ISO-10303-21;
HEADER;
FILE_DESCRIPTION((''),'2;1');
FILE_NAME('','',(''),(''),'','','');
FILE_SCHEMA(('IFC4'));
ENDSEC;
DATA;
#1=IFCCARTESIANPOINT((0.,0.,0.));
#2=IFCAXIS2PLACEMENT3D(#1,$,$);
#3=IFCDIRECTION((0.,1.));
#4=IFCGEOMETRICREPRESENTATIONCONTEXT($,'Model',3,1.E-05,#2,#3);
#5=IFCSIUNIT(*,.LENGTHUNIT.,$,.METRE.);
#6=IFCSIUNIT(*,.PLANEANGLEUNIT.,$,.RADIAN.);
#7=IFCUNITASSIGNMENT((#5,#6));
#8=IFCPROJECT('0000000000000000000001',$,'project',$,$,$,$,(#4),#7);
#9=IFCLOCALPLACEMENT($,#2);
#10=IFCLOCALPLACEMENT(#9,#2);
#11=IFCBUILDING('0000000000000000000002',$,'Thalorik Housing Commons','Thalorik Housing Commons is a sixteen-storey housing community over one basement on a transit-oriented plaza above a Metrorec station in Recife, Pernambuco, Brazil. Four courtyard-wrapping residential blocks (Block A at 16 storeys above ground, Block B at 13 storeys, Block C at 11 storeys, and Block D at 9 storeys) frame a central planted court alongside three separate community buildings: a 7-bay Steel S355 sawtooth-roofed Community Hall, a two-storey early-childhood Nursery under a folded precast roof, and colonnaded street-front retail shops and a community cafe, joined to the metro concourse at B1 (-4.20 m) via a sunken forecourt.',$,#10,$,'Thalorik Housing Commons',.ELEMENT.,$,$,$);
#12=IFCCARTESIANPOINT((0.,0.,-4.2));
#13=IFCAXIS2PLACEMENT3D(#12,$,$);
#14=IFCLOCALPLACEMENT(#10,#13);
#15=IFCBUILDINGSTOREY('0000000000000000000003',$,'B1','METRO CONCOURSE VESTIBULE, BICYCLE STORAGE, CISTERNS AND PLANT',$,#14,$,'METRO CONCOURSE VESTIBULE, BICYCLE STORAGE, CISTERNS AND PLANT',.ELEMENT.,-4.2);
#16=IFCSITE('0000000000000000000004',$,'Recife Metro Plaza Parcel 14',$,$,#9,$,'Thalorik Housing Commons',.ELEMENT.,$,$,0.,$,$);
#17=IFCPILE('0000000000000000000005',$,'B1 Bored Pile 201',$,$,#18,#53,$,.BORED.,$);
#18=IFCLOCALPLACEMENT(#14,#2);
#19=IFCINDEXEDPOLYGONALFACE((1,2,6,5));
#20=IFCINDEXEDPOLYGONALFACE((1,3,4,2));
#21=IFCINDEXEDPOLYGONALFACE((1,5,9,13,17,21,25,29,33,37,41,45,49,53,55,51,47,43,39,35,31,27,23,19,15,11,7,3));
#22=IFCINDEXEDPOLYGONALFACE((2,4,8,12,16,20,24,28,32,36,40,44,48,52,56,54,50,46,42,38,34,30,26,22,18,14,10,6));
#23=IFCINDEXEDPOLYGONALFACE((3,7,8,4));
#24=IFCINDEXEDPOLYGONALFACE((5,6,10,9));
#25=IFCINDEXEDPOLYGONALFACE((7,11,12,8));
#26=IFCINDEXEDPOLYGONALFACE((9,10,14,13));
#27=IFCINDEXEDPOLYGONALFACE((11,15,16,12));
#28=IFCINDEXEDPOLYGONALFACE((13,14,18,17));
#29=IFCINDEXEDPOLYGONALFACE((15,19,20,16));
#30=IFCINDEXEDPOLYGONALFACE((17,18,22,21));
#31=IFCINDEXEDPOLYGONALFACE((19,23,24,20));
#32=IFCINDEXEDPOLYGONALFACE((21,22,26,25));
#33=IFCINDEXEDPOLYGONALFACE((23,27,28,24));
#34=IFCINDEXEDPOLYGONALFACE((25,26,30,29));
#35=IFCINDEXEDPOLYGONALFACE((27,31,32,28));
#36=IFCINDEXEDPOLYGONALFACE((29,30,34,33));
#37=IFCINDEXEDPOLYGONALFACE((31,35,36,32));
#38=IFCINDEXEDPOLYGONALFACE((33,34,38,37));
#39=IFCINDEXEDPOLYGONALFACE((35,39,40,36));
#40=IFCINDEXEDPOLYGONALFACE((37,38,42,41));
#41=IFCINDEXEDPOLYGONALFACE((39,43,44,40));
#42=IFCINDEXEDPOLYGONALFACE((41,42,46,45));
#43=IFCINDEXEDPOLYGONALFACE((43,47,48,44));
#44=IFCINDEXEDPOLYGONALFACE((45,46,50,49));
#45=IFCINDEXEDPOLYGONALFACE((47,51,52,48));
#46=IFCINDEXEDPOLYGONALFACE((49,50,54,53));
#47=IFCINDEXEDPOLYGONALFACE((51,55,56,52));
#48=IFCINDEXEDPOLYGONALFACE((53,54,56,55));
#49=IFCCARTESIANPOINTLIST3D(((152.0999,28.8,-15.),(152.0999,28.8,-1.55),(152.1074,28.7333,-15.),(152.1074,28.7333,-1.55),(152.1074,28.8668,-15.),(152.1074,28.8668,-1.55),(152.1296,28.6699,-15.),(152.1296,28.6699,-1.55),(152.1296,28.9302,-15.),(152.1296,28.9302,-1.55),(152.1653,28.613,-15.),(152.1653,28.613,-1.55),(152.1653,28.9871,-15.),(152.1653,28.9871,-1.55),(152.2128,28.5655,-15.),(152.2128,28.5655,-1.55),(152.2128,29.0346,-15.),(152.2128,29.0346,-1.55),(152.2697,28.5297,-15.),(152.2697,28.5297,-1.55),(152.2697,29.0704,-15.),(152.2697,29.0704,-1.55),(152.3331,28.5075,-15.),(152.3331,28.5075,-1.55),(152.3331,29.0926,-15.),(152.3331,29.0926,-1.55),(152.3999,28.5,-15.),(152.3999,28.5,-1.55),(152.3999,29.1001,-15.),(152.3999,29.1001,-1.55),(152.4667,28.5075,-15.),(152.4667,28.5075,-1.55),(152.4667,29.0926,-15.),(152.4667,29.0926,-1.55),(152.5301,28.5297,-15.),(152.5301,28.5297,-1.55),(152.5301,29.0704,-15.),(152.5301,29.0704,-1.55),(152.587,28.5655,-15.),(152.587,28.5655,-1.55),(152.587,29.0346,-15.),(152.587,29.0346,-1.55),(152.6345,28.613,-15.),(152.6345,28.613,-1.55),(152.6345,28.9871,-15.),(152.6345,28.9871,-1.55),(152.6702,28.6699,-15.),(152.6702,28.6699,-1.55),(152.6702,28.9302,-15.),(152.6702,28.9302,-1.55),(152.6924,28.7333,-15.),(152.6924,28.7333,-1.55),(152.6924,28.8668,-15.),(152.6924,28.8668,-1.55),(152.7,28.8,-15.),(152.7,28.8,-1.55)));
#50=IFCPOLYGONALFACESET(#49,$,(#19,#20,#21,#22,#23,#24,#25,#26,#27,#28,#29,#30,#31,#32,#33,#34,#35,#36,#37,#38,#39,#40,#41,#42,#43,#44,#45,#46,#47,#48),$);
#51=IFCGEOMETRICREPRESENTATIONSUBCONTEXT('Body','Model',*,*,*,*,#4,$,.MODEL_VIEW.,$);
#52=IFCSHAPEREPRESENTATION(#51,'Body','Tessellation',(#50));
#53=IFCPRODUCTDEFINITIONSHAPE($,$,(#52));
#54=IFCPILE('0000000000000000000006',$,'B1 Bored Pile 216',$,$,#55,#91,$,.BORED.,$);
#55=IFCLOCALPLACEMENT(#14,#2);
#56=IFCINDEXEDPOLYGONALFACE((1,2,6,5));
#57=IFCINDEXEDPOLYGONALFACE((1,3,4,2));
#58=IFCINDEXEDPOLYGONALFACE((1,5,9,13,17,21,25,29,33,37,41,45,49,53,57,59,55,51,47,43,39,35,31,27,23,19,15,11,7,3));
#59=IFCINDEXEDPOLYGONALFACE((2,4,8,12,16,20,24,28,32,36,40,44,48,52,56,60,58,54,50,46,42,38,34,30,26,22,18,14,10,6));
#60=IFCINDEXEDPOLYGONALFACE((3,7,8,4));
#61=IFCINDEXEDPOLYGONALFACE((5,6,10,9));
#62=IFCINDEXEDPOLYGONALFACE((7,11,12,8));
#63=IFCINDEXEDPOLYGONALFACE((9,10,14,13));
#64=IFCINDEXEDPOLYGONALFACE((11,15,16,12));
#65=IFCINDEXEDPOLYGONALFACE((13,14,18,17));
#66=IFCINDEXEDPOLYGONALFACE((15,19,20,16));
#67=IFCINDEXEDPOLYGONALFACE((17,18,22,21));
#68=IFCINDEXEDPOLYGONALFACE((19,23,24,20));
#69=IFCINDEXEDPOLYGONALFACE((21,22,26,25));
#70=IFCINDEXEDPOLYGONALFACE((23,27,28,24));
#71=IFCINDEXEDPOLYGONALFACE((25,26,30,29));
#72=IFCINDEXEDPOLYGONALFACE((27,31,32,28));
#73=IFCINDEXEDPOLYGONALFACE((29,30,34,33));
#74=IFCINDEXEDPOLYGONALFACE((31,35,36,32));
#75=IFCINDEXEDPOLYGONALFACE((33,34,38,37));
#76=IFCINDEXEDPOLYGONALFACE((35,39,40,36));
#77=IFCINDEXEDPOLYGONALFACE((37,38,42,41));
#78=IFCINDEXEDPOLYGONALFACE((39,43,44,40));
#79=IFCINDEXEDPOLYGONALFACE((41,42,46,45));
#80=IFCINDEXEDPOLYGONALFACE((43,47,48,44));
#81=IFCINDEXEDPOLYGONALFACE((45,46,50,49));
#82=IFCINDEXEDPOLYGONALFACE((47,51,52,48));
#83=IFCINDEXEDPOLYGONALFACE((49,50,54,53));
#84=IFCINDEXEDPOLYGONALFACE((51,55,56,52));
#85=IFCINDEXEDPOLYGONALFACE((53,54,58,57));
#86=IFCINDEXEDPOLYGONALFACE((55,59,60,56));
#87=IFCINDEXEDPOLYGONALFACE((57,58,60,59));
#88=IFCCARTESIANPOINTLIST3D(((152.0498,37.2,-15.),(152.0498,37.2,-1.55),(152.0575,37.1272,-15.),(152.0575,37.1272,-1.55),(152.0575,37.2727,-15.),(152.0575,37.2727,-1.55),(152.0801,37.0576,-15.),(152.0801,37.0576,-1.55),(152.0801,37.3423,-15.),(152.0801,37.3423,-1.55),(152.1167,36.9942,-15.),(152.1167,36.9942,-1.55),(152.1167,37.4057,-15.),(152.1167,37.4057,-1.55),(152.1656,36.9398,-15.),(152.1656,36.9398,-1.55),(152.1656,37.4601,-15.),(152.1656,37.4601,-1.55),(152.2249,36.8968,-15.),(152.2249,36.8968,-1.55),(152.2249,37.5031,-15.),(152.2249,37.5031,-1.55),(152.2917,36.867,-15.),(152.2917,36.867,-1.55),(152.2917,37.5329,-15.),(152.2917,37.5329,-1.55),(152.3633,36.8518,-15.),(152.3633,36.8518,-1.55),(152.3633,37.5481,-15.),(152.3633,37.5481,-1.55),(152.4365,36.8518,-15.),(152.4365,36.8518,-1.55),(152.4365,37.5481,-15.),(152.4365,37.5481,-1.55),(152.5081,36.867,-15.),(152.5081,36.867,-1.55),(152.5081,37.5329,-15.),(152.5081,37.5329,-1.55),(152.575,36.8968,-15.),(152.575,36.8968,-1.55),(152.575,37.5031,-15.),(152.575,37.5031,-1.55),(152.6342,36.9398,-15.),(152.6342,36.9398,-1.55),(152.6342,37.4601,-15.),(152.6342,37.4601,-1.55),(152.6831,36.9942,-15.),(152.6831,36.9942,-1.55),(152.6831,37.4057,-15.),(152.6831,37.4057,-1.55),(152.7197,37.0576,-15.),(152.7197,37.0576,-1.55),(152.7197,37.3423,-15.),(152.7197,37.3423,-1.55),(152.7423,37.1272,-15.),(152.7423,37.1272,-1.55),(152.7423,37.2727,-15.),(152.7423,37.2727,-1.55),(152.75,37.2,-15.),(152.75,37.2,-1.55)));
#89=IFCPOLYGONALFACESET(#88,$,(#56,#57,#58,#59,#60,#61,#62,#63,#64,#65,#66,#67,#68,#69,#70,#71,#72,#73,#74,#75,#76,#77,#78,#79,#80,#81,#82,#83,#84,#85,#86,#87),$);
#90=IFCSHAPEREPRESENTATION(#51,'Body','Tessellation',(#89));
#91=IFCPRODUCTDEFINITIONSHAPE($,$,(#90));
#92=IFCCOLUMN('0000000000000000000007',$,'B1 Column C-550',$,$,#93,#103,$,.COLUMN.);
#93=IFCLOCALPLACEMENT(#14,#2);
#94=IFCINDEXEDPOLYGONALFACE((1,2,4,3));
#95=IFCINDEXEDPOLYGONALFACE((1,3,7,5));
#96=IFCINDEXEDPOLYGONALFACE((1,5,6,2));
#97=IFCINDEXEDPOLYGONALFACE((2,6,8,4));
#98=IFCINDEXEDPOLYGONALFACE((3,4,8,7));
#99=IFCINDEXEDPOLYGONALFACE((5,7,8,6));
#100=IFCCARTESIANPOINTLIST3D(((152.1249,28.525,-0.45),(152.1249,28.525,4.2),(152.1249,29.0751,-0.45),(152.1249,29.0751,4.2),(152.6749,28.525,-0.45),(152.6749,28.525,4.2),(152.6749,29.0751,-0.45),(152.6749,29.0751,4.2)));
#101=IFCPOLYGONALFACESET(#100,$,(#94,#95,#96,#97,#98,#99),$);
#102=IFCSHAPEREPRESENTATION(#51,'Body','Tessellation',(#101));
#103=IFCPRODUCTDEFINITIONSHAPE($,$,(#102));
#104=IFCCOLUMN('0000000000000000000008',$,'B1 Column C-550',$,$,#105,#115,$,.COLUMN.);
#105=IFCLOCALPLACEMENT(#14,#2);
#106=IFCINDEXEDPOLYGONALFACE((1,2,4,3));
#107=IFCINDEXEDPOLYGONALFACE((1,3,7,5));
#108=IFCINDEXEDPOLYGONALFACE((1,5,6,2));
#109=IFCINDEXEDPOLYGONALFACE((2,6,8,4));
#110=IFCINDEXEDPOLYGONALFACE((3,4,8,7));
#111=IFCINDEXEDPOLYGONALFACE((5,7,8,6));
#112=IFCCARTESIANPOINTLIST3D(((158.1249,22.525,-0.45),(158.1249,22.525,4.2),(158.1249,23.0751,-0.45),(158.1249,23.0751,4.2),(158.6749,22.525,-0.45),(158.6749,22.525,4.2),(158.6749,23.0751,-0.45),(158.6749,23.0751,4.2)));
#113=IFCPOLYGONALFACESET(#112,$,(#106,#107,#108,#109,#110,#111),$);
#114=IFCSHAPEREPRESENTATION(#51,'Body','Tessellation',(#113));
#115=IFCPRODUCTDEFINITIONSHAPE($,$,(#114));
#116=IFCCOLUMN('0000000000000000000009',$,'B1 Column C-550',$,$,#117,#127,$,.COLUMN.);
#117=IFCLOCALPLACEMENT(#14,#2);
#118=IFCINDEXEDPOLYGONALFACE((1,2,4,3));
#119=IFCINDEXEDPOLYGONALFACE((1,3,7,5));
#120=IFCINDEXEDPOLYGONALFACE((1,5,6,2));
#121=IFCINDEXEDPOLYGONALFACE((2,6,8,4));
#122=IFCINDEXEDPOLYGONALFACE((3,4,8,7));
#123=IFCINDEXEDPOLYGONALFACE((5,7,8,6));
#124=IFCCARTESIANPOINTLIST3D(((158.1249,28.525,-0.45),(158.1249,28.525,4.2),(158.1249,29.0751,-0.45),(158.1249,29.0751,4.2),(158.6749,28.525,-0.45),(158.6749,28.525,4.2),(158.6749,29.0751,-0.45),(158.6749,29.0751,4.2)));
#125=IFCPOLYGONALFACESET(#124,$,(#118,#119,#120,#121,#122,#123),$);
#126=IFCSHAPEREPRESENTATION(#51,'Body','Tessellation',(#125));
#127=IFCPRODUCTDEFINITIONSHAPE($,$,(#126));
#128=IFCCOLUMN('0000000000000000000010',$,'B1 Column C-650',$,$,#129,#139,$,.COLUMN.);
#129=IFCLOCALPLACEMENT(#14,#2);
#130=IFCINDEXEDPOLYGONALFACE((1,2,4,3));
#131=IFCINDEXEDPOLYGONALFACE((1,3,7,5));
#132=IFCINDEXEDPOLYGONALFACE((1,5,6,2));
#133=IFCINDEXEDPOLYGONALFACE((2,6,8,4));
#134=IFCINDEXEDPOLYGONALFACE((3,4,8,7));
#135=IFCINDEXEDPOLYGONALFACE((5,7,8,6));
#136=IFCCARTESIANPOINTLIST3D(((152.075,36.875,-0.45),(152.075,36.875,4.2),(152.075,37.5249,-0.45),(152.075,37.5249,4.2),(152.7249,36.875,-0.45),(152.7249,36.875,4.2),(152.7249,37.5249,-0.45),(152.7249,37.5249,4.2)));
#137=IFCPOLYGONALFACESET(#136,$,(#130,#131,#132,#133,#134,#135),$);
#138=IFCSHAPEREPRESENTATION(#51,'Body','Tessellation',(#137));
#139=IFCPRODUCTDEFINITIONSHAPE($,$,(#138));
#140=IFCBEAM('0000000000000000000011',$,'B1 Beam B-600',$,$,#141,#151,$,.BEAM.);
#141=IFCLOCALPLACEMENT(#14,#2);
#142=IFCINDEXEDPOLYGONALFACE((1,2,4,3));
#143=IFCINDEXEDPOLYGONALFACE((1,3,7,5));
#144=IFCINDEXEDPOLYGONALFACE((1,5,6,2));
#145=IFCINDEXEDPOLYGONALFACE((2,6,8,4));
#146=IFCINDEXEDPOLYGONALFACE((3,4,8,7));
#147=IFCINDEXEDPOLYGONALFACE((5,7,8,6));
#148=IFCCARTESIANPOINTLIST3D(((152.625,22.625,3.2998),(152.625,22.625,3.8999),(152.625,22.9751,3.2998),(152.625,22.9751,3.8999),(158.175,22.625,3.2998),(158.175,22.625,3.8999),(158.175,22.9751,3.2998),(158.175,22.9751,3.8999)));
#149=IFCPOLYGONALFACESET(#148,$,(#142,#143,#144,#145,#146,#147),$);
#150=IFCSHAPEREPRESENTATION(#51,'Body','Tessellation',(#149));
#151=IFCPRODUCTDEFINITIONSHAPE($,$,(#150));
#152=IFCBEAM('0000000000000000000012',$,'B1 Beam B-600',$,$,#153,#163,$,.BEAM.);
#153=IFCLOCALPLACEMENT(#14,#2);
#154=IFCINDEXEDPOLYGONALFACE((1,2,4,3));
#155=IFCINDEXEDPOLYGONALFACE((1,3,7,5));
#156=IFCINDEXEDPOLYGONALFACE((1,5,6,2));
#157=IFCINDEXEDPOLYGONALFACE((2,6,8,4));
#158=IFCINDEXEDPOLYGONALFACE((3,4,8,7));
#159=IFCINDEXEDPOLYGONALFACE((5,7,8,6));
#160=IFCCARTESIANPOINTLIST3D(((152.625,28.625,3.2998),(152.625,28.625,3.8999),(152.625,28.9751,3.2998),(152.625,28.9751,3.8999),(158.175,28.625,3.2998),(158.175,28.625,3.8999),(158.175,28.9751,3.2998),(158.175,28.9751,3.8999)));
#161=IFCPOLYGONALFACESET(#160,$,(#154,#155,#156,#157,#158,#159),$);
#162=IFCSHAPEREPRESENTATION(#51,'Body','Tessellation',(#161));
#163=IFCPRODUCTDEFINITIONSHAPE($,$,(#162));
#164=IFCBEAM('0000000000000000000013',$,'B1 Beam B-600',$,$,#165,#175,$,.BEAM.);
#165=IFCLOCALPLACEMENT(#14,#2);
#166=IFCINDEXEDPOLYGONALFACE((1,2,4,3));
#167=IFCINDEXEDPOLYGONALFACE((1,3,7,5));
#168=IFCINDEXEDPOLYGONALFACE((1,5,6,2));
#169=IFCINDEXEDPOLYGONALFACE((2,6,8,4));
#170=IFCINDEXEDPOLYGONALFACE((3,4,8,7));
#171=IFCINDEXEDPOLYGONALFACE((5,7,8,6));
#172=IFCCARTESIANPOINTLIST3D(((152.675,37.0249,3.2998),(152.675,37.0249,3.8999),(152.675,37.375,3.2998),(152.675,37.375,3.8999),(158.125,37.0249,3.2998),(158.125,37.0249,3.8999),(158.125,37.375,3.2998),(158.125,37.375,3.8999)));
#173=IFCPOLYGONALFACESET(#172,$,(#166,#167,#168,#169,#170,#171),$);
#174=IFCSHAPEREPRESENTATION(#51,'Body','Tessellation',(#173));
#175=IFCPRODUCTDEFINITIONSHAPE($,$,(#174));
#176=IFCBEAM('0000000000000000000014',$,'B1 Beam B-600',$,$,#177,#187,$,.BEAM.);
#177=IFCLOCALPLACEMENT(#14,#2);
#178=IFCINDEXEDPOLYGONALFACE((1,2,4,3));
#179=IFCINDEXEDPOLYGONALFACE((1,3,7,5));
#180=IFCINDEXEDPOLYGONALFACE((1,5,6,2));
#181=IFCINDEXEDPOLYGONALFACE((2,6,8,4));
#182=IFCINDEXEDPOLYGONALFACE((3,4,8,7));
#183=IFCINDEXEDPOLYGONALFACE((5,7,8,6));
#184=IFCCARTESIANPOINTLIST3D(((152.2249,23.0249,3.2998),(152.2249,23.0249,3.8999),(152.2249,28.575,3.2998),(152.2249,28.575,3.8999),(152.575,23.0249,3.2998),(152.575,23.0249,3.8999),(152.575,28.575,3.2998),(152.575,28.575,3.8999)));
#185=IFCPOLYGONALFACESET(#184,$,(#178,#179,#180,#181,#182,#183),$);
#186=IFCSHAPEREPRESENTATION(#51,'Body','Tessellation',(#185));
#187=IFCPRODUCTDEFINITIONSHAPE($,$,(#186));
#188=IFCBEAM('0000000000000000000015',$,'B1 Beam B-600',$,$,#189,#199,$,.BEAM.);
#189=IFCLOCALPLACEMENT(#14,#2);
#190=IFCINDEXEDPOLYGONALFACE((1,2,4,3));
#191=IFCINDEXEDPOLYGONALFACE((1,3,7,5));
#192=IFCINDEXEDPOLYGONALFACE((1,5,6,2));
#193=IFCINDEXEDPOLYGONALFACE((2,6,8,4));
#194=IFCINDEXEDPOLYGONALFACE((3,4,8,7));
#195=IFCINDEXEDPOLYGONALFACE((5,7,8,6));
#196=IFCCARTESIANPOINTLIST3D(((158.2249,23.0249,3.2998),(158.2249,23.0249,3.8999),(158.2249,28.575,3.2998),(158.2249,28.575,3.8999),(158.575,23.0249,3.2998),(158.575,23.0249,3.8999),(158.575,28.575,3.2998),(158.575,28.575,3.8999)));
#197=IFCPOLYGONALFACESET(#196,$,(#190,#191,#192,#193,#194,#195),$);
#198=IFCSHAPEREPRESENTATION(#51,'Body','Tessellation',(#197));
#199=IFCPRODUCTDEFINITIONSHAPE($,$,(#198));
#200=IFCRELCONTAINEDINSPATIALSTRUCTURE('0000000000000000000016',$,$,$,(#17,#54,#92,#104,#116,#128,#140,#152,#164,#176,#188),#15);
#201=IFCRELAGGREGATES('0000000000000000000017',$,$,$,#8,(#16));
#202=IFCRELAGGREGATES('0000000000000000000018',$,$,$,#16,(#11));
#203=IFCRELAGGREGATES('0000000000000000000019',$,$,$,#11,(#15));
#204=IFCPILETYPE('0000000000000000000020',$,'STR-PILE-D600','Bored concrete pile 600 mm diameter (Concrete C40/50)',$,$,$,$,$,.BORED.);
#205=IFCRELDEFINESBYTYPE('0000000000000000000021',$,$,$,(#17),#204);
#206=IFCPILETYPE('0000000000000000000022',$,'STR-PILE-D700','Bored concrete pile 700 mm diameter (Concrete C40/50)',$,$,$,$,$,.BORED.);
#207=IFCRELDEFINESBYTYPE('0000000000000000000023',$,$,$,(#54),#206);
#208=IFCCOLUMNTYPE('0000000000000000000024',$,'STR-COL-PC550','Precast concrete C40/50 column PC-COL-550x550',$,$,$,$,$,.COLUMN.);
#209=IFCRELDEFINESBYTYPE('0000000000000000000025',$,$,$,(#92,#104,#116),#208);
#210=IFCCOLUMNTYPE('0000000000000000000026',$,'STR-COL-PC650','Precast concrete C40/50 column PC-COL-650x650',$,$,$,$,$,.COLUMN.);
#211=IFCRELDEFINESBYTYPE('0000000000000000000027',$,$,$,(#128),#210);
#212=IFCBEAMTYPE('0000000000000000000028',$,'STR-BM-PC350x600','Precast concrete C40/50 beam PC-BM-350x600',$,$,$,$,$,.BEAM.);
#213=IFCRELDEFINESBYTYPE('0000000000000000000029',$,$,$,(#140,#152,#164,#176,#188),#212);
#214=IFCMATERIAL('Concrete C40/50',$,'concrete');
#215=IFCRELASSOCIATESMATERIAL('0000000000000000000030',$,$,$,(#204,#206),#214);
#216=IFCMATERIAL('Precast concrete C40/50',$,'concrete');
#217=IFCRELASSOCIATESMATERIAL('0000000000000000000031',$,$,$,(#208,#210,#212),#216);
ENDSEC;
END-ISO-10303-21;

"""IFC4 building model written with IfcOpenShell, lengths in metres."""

from ifc_helpers import new_model, si_unit, direction, frame, origin, origin_2d, place, context, subcontext, project, spatial, rectangle, circle, extrude, material, material_profile, profile_set, type_object, element, save


model = new_model("IFC4")

# Units and contexts
model_context = context("Model", 3, precision=1e-05, world=origin(), true_north=direction((0.0, 1.0)))
body_context = subcontext(model_context, "Body", "Model", "MODEL_VIEW")
ifc_project = project(units=[si_unit("LENGTHUNIT", "METRE"), si_unit("PLANEANGLEUNIT", "RADIAN")], contexts=[model_context])

# Site, building, storey
site_placement = place(None, origin())
site = spatial("IfcSite", under=ifc_project, at=site_placement, Name="Recife Metro Plaza Parcel 14", LongName="Thalorik Housing Commons", CompositionType="ELEMENT", RefElevation=0.0)
building_placement = place(site_placement, origin())
building = spatial("IfcBuilding", under=site, at=building_placement, Name="Thalorik Housing Commons", Description="Thalorik Housing Commons is a sixteen-storey housing community over one basement on a transit-oriented plaza above a Metrorec station in Recife, Pernambuco, Brazil. Four courtyard-wrapping residential blocks (Block A at 16 storeys above ground, Block B at 13 storeys, Block C at 11 storeys, and Block D at 9 storeys) frame a central planted court alongside three separate community buildings: a 7-bay Steel S355 sawtooth-roofed Community Hall, a two-storey early-childhood Nursery under a folded precast roof, and colonnaded street-front retail shops and a community cafe, joined to the metro concourse at B1 (-4.20 m) via a sunken forecourt.", LongName="Thalorik Housing Commons", CompositionType="ELEMENT")
storey_placement = place(building_placement, frame((0.0, 0.0, -4.2)))
storey = spatial("IfcBuildingStorey", under=building, at=storey_placement, Name="B1", Description="METRO CONCOURSE VESTIBULE, BICYCLE STORAGE, CISTERNS AND PLANT", LongName="METRO CONCOURSE VESTIBULE, BICYCLE STORAGE, CISTERNS AND PLANT", CompositionType="ELEMENT", Elevation=-4.2)

# Shared definitions
ifc_material_1 = material(Name="Concrete C40/50", Category="concrete")

# Piles
ifc_material_profile_1 = material_profile(ifc_material_1, circle(Radius=0.3, at=origin_2d()), Name="BORED PILE D600", Category="concrete")
ifc_profile_set_1 = profile_set([ifc_material_profile_1], Name="Concrete C40/50")
pile_type_1 = type_object("IfcPileType", Name="STR-PILE-D600", Description="Bored concrete pile 600 mm diameter (Concrete C40/50)", PredefinedType="BORED", material=ifc_profile_set_1)
for number, where, z_axis, x_axis, name in (
    (1, (152.3999, 28.8, -1.55), (0.0, 0.0, -1.0), (1.0, 0.0, 0.0), "B1 Bored Pile 201"),
):
    element("IfcPile", number, at=place(storey_placement, frame(where, z_axis=z_axis, x_axis=x_axis)), inside=storey, type_object=pile_type_1, Name=name, PredefinedType="BORED", context=body_context, shape_type="SweptSolid", body=[
        extrude(circle(Radius=0.3, at=origin_2d()), origin(), (0.0, 0.0, 1.0), 13.45),
    ])
ifc_material_profile_2 = material_profile(ifc_material_1, circle(Radius=0.3501, at=origin_2d()), Name="BORED PILE D700", Category="concrete")
ifc_profile_set_2 = profile_set([ifc_material_profile_2], Name="Concrete C40/50")
pile_type_2 = type_object("IfcPileType", Name="STR-PILE-D700", Description="Bored concrete pile 700 mm diameter (Concrete C40/50)", PredefinedType="BORED", material=ifc_profile_set_2)
pile_placement = place(storey_placement, frame((152.3999, 37.2, -1.55), z_axis=(0.0, 0.0, -1.0), x_axis=(1.0, 0.0, 0.0)))
element("IfcPile", 2, at=pile_placement, inside=storey, type_object=pile_type_2, Name="B1 Bored Pile 216", PredefinedType="BORED", context=body_context, shape_type="SweptSolid", body=[
    extrude(circle(Radius=0.3501, at=origin_2d()), origin(), (0.0, 0.0, 1.0), 13.45),
])

# Columns
ifc_material_2 = material(Name="Precast concrete C40/50", Category="concrete")
ifc_material_profile_3 = material_profile(ifc_material_2, rectangle(XDim=0.55, YDim=0.55, at=origin_2d()), Name="PC 550x550", Category="concrete")
ifc_profile_set_3 = profile_set([ifc_material_profile_3], Name="Precast concrete C40/50")
column_type_1 = type_object("IfcColumnType", Name="STR-COL-PC550", Description="Precast concrete C40/50 column PC-COL-550x550", PredefinedType="COLUMN", material=ifc_profile_set_3)
for number, where, z_axis, x_axis, name in (
    (3, (152.3999, 28.8, -0.45), (0.0, 0.0, 1.0), (1.0, 0.0, 0.0), "B1 Column C-550"),
    (4, (158.3999, 22.8, -0.45), (0.0, 0.0, 1.0), (1.0, 0.0, 0.0), "B1 Column C-550"),
    (5, (158.3999, 28.8, -0.45), (0.0, 0.0, 1.0), (1.0, 0.0, 0.0), "B1 Column C-550"),
):
    element("IfcColumn", number, at=place(storey_placement, frame(where, z_axis=z_axis, x_axis=x_axis)), inside=storey, type_object=column_type_1, Name=name, PredefinedType="COLUMN", context=body_context, shape_type="SweptSolid", body=[
        extrude(rectangle(XDim=0.55, YDim=0.55, at=origin_2d()), origin(), (0.0, 0.0, 1.0), 4.6499),
    ])
ifc_material_profile_4 = material_profile(ifc_material_2, rectangle(XDim=0.6499, YDim=0.6499, at=origin_2d()), Name="PC 650x650", Category="concrete")
ifc_profile_set_4 = profile_set([ifc_material_profile_4], Name="Precast concrete C40/50")
column_type_2 = type_object("IfcColumnType", Name="STR-COL-PC650", Description="Precast concrete C40/50 column PC-COL-650x650", PredefinedType="COLUMN", material=ifc_profile_set_4)
column_placement = place(storey_placement, frame((152.3999, 37.2, -0.45), z_axis=(0.0, 0.0, 1.0), x_axis=(1.0, 0.0, 0.0)))
element("IfcColumn", 6, at=column_placement, inside=storey, type_object=column_type_2, Name="B1 Column C-650", PredefinedType="COLUMN", context=body_context, shape_type="SweptSolid", body=[
    extrude(rectangle(XDim=0.6499, YDim=0.6499, at=origin_2d()), origin(), (0.0, 0.0, 1.0), 4.6499),
])

# Beams
ifc_material_profile_5 = material_profile(ifc_material_2, rectangle(XDim=0.3501, YDim=0.6001, at=origin_2d()), Name="PC 350x600", Category="concrete")
ifc_profile_set_5 = profile_set([ifc_material_profile_5], Name="Precast concrete C40/50")
beam_type = type_object("IfcBeamType", Name="STR-BM-PC350x600", Description="Precast concrete C40/50 beam PC-BM-350x600", PredefinedType="BEAM", material=ifc_profile_set_5)
for number, where, z_axis, x_axis, name in (
    (7, (152.625, 22.8, 3.5999), (1.0, 0.0, 0.0), (0.0, 1.0, 0.0), "B1 Beam B-600"),
    (8, (152.625, 28.8, 3.5999), (1.0, 0.0, 0.0), (0.0, 1.0, 0.0), "B1 Beam B-600"),
):
    element("IfcBeam", number, at=place(storey_placement, frame(where, z_axis=z_axis, x_axis=x_axis)), inside=storey, type_object=beam_type, Name=name, PredefinedType="BEAM", context=body_context, shape_type="SweptSolid", body=[
        extrude(rectangle(XDim=0.3501, YDim=0.6001, at=origin_2d()), origin(), (0.0, 0.0, 1.0), 5.55),
    ])
beam_placement = place(storey_placement, frame((152.675, 37.2, 3.5999), z_axis=(1.0, 0.0, 0.0), x_axis=(0.0, 1.0, 0.0)))
element("IfcBeam", 9, at=beam_placement, inside=storey, type_object=beam_type, Name="B1 Beam B-600", PredefinedType="BEAM", context=body_context, shape_type="SweptSolid", body=[
    extrude(rectangle(XDim=0.3501, YDim=0.6001, at=origin_2d()), origin(), (0.0, 0.0, 1.0), 5.45),
])
for number, where, z_axis, x_axis, name in (
    (10, (152.3999, 23.0249, 3.5999), (0.0, 1.0, 0.0), (-1.0, 0.0, 0.0), "B1 Beam B-600"),
    (11, (158.3999, 23.0249, 3.5999), (0.0, 1.0, 0.0), (-1.0, 0.0, 0.0), "B1 Beam B-600"),
):
    element("IfcBeam", number, at=place(storey_placement, frame(where, z_axis=z_axis, x_axis=x_axis)), inside=storey, type_object=beam_type, Name=name, PredefinedType="BEAM", context=body_context, shape_type="SweptSolid", body=[
        extrude(rectangle(XDim=0.3501, YDim=0.6001, at=origin_2d()), origin(), (0.0, 0.0, 1.0), 5.55),
    ])

save(model, "model.ifc")
